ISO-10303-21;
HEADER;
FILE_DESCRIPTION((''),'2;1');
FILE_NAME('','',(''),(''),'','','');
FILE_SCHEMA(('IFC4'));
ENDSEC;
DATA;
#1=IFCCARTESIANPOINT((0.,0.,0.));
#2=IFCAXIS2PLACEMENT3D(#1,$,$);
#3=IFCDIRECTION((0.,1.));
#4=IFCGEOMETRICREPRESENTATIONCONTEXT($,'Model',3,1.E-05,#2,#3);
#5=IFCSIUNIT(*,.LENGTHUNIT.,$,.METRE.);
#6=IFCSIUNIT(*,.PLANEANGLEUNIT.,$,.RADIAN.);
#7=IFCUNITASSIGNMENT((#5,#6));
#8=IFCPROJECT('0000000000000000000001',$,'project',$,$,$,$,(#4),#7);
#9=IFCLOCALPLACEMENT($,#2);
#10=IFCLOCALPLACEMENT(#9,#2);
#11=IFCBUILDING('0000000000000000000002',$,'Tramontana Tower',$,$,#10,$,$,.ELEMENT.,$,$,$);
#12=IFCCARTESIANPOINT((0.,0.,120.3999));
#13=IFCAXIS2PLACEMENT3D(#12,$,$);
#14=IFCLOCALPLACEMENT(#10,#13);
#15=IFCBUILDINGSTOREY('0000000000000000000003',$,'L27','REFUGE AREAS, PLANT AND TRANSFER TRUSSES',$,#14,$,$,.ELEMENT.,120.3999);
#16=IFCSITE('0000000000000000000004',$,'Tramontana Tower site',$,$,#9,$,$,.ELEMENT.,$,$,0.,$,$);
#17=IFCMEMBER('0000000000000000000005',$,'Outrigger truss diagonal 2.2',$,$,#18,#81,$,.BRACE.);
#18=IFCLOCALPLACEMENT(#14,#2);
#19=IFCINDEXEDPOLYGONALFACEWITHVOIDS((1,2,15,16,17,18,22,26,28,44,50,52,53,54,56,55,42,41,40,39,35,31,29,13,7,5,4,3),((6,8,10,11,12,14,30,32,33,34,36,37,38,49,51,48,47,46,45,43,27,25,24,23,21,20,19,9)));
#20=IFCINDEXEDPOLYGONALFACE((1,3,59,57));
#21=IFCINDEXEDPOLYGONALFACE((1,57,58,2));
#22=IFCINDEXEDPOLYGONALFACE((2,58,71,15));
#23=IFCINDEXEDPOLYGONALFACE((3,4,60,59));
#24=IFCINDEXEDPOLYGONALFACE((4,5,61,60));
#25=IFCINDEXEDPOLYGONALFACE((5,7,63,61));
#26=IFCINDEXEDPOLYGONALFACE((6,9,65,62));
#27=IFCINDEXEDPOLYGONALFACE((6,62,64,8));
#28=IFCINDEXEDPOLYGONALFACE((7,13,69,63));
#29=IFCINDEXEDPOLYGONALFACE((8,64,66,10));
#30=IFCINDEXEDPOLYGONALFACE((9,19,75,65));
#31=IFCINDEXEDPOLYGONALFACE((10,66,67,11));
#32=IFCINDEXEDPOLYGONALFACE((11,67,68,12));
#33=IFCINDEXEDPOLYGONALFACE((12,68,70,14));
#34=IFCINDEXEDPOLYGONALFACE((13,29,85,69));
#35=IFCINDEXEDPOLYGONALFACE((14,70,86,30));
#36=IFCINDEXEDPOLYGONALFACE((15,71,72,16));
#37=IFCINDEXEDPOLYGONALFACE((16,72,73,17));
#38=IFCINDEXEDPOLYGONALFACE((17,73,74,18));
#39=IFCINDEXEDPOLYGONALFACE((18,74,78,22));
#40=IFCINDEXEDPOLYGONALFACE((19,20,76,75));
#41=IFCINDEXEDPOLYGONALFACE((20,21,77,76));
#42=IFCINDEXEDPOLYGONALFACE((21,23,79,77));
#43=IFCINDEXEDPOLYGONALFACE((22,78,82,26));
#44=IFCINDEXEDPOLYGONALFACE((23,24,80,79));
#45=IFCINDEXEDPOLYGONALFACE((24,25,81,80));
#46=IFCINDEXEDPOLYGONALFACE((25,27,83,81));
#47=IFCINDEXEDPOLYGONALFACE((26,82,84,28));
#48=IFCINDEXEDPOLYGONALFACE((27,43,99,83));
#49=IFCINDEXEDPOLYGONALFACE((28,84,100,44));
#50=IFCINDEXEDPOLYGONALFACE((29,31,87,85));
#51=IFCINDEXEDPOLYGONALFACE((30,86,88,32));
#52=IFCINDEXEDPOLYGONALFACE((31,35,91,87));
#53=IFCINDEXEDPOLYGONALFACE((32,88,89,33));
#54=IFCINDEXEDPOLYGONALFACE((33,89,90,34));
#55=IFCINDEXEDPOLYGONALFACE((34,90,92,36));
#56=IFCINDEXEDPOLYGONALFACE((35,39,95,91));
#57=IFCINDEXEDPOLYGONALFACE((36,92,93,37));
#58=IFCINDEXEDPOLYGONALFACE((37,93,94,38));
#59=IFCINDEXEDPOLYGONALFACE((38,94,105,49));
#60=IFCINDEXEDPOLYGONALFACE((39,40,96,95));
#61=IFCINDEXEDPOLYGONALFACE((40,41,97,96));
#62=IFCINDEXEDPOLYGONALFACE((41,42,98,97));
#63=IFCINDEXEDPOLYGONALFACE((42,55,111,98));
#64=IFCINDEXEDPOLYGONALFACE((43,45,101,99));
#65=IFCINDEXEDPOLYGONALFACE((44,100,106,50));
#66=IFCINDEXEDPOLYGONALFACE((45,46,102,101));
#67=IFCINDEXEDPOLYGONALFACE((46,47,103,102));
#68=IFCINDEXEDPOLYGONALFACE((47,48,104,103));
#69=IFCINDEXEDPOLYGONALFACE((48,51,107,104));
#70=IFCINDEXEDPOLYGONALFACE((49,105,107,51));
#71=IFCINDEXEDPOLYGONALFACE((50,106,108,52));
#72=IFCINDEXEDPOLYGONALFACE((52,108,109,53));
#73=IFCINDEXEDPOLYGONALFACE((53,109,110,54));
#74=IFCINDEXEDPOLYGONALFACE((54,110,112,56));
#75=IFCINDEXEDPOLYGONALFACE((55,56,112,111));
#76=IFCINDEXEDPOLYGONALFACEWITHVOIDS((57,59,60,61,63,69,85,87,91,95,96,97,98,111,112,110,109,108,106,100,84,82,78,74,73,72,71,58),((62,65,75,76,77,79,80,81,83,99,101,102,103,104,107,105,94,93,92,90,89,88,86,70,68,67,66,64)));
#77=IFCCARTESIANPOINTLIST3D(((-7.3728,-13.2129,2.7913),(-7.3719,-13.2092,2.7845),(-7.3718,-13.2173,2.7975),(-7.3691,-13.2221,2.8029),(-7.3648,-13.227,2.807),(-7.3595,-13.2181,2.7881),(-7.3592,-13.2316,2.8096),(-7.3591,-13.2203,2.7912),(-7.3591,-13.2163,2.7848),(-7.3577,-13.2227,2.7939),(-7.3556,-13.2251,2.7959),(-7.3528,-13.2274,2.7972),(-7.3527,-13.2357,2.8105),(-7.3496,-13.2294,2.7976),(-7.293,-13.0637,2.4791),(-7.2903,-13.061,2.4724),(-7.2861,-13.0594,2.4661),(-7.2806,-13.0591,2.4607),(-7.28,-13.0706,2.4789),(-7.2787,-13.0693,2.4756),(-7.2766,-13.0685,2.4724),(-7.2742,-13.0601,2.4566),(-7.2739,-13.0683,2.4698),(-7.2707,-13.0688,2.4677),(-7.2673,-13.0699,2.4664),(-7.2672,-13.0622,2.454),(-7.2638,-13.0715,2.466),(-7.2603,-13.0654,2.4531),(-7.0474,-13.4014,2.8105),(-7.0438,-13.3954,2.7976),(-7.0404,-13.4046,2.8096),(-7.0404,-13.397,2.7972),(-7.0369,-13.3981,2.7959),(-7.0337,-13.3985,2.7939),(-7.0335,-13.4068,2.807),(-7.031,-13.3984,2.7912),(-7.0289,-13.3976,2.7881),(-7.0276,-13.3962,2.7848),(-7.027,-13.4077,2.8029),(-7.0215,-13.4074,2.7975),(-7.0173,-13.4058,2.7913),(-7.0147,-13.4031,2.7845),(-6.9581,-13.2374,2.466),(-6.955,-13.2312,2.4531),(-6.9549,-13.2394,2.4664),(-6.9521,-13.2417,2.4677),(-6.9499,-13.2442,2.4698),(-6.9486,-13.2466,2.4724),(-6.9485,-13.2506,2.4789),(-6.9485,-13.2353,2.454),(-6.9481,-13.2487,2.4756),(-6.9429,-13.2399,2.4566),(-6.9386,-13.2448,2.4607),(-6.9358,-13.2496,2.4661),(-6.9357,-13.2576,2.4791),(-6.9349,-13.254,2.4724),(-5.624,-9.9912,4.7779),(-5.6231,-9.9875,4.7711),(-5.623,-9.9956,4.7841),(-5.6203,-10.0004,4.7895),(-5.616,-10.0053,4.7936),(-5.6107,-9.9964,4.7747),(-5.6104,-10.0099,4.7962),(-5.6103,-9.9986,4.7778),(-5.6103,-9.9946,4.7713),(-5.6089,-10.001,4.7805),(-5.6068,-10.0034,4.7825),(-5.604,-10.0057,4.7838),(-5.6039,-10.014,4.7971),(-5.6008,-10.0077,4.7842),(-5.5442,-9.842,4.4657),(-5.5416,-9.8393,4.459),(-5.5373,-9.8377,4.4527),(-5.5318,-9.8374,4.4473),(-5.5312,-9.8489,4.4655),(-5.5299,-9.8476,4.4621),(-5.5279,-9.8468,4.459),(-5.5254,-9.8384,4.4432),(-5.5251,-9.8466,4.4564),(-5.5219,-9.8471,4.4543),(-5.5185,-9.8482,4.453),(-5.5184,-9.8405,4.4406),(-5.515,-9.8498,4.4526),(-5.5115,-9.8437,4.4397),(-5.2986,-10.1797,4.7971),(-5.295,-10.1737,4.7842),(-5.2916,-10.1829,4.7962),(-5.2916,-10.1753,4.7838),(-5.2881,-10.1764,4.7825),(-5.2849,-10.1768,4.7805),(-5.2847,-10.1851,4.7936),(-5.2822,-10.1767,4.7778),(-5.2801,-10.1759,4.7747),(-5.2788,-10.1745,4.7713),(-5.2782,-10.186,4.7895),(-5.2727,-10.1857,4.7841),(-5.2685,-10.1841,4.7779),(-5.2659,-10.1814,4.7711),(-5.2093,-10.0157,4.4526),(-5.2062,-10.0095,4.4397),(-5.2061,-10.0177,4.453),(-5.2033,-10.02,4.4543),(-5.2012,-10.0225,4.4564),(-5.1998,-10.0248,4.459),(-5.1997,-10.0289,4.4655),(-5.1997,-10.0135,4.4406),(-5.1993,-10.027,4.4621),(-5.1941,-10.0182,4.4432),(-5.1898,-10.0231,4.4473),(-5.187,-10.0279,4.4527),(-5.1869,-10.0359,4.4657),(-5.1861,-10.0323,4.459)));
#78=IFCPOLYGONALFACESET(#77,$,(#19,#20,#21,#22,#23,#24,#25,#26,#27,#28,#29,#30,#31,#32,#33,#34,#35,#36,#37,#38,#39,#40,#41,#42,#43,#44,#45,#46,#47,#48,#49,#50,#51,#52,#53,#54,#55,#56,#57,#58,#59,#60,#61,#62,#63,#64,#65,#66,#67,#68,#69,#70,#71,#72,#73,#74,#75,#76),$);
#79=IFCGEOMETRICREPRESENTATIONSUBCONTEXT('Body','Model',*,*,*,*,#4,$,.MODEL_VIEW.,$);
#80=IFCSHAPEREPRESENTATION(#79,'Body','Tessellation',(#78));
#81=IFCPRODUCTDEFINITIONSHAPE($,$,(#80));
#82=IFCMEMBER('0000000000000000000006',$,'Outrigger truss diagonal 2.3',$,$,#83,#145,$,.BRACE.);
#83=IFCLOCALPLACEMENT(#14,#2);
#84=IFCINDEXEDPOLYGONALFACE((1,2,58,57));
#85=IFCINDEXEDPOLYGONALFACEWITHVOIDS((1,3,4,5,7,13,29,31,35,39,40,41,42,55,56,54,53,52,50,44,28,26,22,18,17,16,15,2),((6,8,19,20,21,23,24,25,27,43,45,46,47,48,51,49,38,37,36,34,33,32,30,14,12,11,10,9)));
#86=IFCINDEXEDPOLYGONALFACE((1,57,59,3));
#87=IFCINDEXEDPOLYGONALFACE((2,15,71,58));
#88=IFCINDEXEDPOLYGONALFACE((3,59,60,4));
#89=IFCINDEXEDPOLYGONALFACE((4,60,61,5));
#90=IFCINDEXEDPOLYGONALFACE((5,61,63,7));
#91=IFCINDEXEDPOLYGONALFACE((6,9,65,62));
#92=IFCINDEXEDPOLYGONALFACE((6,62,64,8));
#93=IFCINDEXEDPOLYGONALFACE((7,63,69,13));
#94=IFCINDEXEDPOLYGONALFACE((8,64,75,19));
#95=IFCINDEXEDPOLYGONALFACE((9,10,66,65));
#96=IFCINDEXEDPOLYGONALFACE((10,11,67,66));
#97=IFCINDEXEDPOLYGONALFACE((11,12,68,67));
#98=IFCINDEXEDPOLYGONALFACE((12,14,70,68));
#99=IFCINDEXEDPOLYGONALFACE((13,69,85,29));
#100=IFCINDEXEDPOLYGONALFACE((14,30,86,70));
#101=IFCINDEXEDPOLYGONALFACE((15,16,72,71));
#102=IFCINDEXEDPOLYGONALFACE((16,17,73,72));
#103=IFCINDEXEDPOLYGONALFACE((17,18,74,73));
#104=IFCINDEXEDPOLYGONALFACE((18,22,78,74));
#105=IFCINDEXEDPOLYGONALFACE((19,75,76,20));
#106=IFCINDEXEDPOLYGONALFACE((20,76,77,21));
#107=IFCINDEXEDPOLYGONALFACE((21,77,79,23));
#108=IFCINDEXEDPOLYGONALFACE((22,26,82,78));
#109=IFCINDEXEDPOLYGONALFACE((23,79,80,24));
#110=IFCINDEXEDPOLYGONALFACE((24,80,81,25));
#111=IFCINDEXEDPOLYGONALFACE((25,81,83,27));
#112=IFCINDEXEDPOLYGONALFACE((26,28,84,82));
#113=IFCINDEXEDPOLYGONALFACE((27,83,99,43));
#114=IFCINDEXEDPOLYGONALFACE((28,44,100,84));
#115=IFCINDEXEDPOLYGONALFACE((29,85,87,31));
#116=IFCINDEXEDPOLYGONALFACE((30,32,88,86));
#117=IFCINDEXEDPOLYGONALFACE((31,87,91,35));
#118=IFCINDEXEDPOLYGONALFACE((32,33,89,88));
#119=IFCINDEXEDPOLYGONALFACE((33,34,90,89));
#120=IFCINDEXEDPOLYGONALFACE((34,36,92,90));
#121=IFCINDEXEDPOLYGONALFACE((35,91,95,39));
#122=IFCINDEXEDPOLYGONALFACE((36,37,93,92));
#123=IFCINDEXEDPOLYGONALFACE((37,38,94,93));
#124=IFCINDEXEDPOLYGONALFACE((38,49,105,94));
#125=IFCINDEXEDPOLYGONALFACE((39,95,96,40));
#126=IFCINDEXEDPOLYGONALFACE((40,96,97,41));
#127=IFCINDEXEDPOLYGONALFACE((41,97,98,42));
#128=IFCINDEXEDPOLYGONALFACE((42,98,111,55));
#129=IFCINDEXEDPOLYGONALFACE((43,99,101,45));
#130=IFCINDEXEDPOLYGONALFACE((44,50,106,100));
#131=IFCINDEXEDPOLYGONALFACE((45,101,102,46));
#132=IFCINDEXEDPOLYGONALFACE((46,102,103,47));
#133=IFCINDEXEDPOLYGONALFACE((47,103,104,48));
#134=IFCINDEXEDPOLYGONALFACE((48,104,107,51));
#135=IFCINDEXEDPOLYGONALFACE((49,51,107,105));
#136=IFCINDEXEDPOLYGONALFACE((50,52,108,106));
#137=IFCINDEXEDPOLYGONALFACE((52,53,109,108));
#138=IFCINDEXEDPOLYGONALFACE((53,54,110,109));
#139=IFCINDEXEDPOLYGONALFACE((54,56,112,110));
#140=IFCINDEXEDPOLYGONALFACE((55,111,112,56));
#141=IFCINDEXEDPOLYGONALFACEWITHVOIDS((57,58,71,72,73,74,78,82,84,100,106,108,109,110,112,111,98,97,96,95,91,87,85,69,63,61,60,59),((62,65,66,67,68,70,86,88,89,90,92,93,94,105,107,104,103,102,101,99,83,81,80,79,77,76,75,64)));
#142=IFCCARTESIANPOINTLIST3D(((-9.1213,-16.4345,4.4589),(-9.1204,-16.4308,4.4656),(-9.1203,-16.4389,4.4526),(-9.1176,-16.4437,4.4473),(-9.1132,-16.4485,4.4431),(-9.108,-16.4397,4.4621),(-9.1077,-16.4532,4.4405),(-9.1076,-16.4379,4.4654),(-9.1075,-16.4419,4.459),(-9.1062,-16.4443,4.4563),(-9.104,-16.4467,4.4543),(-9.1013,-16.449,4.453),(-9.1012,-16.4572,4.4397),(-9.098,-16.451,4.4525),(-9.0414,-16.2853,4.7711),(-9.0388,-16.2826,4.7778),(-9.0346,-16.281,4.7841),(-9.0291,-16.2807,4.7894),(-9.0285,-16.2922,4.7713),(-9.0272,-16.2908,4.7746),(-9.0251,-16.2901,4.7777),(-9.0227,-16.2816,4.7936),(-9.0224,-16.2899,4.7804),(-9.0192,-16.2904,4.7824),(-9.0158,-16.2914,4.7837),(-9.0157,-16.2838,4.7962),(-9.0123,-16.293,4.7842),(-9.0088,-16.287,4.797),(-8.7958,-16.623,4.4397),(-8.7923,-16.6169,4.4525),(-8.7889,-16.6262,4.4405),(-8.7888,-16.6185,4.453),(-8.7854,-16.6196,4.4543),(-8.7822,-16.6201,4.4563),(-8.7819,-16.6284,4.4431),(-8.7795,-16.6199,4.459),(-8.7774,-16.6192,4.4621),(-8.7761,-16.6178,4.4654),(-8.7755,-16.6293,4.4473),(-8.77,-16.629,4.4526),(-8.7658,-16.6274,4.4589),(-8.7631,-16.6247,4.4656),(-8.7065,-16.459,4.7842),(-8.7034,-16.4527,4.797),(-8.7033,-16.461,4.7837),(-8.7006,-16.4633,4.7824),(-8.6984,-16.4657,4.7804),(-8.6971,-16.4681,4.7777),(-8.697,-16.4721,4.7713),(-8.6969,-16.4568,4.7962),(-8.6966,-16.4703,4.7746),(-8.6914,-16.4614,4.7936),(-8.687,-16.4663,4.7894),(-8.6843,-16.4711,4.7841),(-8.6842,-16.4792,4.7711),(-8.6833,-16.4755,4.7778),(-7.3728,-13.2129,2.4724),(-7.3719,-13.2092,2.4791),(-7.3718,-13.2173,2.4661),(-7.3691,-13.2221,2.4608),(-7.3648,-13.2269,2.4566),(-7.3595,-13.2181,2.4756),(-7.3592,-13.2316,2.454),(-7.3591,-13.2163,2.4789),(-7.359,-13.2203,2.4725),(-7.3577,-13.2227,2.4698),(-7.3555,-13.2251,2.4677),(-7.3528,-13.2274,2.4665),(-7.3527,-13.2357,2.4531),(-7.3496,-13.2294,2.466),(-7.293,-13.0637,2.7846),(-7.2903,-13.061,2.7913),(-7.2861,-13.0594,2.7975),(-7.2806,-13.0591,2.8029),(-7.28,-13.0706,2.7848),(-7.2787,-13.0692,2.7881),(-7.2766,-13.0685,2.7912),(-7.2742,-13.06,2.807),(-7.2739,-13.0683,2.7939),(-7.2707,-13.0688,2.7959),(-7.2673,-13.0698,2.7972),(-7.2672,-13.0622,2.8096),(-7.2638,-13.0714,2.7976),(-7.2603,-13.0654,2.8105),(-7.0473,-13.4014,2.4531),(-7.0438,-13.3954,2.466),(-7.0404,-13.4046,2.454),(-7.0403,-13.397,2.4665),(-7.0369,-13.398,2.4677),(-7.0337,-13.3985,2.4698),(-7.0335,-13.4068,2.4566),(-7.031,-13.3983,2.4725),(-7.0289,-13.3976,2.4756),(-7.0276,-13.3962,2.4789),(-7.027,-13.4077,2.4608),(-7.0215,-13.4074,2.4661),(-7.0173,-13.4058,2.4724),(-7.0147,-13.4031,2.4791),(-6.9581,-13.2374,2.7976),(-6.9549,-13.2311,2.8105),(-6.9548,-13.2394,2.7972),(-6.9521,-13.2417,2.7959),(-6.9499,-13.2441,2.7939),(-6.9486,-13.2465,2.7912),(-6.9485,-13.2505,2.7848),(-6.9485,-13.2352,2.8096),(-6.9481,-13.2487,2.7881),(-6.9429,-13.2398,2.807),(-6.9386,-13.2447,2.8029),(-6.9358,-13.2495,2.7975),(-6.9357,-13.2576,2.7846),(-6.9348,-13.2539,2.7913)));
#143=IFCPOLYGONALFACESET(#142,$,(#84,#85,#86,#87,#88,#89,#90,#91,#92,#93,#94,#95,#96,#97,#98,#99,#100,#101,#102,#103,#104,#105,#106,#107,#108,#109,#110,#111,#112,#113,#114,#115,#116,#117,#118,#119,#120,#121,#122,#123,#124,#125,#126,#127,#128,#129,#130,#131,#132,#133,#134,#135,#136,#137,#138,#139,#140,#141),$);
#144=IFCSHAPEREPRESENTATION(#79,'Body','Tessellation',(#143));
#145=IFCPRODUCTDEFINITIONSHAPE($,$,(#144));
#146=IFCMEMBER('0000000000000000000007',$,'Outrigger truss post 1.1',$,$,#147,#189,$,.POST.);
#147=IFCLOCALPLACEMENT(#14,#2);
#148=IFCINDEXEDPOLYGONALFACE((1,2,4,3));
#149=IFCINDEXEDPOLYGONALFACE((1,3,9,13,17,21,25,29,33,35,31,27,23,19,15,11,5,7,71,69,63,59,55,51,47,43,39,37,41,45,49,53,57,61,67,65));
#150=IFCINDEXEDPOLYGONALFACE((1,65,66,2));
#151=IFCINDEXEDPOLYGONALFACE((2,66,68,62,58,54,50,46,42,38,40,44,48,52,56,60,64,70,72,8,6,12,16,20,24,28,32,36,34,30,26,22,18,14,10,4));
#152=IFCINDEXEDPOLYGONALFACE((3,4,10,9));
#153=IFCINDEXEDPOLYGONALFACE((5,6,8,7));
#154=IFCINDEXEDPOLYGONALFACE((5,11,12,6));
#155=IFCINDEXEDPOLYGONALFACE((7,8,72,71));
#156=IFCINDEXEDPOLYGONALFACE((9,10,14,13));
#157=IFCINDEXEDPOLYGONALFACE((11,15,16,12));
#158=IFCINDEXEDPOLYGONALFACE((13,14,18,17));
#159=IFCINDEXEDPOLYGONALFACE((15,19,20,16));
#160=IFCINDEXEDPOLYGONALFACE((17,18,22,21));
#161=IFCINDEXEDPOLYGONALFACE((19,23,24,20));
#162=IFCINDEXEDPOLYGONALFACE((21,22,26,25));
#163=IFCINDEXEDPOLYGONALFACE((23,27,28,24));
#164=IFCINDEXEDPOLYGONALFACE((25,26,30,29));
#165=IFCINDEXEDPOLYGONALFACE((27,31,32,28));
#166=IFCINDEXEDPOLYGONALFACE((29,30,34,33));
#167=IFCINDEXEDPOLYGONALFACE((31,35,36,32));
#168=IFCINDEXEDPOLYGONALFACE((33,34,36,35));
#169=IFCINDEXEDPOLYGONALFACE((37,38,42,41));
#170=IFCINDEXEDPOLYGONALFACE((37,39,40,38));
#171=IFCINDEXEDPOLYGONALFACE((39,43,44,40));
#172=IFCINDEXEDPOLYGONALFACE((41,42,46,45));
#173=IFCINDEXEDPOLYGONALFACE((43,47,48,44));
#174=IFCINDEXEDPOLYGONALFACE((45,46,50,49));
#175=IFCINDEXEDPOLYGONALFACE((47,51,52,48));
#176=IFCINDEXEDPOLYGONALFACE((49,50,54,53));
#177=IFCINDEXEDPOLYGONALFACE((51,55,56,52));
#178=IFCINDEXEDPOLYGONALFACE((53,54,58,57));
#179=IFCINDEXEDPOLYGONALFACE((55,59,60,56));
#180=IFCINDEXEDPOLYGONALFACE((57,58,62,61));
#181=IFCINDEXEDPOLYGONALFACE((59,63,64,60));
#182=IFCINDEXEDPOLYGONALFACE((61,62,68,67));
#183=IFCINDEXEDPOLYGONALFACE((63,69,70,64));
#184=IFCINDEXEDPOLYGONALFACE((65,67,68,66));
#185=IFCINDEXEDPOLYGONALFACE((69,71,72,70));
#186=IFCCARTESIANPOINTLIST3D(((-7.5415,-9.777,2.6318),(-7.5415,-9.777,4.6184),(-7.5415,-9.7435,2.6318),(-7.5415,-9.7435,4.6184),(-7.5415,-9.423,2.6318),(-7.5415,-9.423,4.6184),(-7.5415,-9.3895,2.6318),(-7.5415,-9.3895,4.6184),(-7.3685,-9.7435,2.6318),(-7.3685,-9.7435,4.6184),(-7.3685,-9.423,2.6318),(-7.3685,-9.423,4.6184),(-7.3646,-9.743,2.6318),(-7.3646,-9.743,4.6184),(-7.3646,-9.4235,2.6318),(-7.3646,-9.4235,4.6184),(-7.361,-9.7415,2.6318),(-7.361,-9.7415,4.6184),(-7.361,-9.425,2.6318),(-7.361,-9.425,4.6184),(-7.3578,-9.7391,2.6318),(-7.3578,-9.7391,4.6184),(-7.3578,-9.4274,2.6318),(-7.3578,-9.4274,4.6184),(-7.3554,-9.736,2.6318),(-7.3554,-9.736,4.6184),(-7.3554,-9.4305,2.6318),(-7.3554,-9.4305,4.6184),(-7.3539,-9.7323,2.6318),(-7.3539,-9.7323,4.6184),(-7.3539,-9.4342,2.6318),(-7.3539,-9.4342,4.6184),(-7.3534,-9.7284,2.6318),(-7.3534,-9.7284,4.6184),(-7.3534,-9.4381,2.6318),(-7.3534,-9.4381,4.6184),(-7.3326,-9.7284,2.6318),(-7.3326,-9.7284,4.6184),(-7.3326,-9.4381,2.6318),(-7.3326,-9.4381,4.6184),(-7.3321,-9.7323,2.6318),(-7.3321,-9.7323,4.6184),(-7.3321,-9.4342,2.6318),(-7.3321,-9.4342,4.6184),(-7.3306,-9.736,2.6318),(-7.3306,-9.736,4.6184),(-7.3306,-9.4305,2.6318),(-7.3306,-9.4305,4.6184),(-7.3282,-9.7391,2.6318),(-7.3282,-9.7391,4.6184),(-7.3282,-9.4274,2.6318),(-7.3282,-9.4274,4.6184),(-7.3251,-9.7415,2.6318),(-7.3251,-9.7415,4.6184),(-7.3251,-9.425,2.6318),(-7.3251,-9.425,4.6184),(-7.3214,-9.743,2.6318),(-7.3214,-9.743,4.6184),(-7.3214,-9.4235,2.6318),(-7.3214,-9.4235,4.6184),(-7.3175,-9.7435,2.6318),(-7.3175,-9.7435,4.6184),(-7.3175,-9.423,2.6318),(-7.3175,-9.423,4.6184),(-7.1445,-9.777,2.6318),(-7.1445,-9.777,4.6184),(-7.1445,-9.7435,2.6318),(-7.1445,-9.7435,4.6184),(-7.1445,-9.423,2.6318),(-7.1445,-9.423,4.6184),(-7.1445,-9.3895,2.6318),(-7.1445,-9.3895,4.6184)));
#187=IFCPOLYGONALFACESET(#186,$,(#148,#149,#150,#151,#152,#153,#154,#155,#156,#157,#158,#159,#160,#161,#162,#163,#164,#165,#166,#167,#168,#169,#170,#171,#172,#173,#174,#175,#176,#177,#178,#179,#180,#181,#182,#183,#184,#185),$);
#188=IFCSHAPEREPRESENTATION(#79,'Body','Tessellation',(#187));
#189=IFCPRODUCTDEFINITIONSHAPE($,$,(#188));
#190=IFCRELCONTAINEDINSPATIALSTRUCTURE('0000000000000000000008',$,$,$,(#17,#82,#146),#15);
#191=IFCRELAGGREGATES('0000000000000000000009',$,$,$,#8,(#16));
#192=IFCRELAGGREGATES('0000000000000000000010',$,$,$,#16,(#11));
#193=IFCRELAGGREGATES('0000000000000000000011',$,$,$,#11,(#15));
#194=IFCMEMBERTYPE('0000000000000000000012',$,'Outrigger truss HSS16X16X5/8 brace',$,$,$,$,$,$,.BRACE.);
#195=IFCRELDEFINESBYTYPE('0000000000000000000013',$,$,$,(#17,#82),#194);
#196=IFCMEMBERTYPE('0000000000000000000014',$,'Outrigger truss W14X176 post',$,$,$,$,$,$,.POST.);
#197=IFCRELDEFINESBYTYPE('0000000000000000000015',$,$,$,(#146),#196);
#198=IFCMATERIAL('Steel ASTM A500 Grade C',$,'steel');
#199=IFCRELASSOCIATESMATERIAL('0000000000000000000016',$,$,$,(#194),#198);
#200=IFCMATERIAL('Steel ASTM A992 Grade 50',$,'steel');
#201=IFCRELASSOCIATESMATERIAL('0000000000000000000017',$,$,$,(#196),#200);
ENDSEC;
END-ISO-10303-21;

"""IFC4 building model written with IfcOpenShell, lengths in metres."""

from ifc_helpers import new_model, si_unit, direction, frame, origin, origin_2d, place, context, subcontext, project, spatial, hollow_rectangle, i_section, extrude, material, material_profile, profile_set, type_object, element, save


model = new_model("IFC4")

# Units and contexts
model_context = context("Model", 3, precision=1e-05, world=origin(), true_north=direction((0.0, 1.0)))
body_context = subcontext(model_context, "Body", "Model", "MODEL_VIEW")
ifc_project = project(units=[si_unit("LENGTHUNIT", "METRE"), si_unit("PLANEANGLEUNIT", "RADIAN")], contexts=[model_context])

# Site, building, storey
site_placement = place(None, origin())
site = spatial("IfcSite", under=ifc_project, at=site_placement, Name="Tramontana Tower site", CompositionType="ELEMENT", RefElevation=0.0)
building_placement = place(site_placement, origin())
building = spatial("IfcBuilding", under=site, at=building_placement, Name="Tramontana Tower", CompositionType="ELEMENT")
storey_placement = place(building_placement, frame((0.0, 0.0, 120.3999)))
storey = spatial("IfcBuildingStorey", under=building, at=storey_placement, Name="L27", Description="REFUGE AREAS, PLANT AND TRANSFER TRUSSES", CompositionType="ELEMENT", Elevation=120.3999)

# Members
ifc_material_1 = material(Name="Steel ASTM A500 Grade C", Category="steel")
ifc_material_profile_1 = material_profile(ifc_material_1, hollow_rectangle(XDim=0.4065, YDim=0.4065, WallThickness=0.0146, InnerFilletRadius=0.0146, OuterFilletRadius=0.0295, at=origin_2d()), Name="HSS16X16X5/8")
ifc_profile_set_1 = profile_set([ifc_material_profile_1], Name="Steel ASTM A500 Grade C")
member_type_1 = type_object("IfcMemberType", Name="Outrigger truss HSS16X16X5/8 brace", PredefinedType="BRACE", material=ifc_profile_set_1)
member_1_placement = place(storey_placement, frame((-5.405, -10.0117, 4.6184), z_axis=(-0.419432, -0.772696, -0.476464), x_axis=(0.878869, -0.477064, 0.0)))
element("IfcMember", 1, at=member_1_placement, inside=storey, type_object=member_type_1, Name="Outrigger truss diagonal 2.2", PredefinedType="BRACE", context=body_context, shape_type="SweptSolid", body=[
    extrude(hollow_rectangle(XDim=0.4065, YDim=0.4065, WallThickness=0.0146, InnerFilletRadius=0.0146, OuterFilletRadius=0.0295, at=origin_2d()), origin(), (0.0, 0.0, 1.0), 4.1694),
])
member_2_placement = place(storey_placement, frame((-7.1538, -13.2334, 2.6318), z_axis=(-0.419383, -0.772715, 0.476476), x_axis=(0.878897, -0.477012, 0.0)))
element("IfcMember", 2, at=member_2_placement, inside=storey, type_object=member_type_1, Name="Outrigger truss diagonal 2.3", PredefinedType="BRACE", context=body_context, shape_type="SweptSolid", body=[
    extrude(hollow_rectangle(XDim=0.4065, YDim=0.4065, WallThickness=0.0146, InnerFilletRadius=0.0146, OuterFilletRadius=0.0295, at=origin_2d()), origin(), (0.0, 0.0, 1.0), 4.1692),
])
ifc_material_2 = material(Name="Steel ASTM A992 Grade 50", Category="steel")
ifc_material_profile_2 = material_profile(ifc_material_2, i_section(OverallWidth=0.397, OverallDepth=0.3875, WebThickness=0.0208, FlangeThickness=0.0334, FilletRadius=0.0151, at=origin_2d()), Name="W14X176")
ifc_profile_set_2 = profile_set([ifc_material_profile_2], Name="Steel ASTM A992 Grade 50")
member_type_2 = type_object("IfcMemberType", Name="Outrigger truss W14X176 post", PredefinedType="POST", material=ifc_profile_set_2)
for number, where, z_axis, x_axis, name in (
    (3, (-7.343, -9.5833, 2.6318), (0.0, 0.0, 1.0), (1.0, 0.0, 0.0), "Outrigger truss post 1.1"),
):
    element("IfcMember", number, at=place(storey_placement, frame(where, z_axis=z_axis, x_axis=x_axis)), inside=storey, type_object=member_type_2, Name=name, PredefinedType="POST", context=body_context, shape_type="SweptSolid", body=[
        extrude(i_section(OverallWidth=0.397, OverallDepth=0.3875, WebThickness=0.0208, FlangeThickness=0.0334, FilletRadius=0.0151, at=origin_2d()), origin(), (0.0, 0.0, 1.0), 1.9866),
    ])

save(model, "model.ifc")
